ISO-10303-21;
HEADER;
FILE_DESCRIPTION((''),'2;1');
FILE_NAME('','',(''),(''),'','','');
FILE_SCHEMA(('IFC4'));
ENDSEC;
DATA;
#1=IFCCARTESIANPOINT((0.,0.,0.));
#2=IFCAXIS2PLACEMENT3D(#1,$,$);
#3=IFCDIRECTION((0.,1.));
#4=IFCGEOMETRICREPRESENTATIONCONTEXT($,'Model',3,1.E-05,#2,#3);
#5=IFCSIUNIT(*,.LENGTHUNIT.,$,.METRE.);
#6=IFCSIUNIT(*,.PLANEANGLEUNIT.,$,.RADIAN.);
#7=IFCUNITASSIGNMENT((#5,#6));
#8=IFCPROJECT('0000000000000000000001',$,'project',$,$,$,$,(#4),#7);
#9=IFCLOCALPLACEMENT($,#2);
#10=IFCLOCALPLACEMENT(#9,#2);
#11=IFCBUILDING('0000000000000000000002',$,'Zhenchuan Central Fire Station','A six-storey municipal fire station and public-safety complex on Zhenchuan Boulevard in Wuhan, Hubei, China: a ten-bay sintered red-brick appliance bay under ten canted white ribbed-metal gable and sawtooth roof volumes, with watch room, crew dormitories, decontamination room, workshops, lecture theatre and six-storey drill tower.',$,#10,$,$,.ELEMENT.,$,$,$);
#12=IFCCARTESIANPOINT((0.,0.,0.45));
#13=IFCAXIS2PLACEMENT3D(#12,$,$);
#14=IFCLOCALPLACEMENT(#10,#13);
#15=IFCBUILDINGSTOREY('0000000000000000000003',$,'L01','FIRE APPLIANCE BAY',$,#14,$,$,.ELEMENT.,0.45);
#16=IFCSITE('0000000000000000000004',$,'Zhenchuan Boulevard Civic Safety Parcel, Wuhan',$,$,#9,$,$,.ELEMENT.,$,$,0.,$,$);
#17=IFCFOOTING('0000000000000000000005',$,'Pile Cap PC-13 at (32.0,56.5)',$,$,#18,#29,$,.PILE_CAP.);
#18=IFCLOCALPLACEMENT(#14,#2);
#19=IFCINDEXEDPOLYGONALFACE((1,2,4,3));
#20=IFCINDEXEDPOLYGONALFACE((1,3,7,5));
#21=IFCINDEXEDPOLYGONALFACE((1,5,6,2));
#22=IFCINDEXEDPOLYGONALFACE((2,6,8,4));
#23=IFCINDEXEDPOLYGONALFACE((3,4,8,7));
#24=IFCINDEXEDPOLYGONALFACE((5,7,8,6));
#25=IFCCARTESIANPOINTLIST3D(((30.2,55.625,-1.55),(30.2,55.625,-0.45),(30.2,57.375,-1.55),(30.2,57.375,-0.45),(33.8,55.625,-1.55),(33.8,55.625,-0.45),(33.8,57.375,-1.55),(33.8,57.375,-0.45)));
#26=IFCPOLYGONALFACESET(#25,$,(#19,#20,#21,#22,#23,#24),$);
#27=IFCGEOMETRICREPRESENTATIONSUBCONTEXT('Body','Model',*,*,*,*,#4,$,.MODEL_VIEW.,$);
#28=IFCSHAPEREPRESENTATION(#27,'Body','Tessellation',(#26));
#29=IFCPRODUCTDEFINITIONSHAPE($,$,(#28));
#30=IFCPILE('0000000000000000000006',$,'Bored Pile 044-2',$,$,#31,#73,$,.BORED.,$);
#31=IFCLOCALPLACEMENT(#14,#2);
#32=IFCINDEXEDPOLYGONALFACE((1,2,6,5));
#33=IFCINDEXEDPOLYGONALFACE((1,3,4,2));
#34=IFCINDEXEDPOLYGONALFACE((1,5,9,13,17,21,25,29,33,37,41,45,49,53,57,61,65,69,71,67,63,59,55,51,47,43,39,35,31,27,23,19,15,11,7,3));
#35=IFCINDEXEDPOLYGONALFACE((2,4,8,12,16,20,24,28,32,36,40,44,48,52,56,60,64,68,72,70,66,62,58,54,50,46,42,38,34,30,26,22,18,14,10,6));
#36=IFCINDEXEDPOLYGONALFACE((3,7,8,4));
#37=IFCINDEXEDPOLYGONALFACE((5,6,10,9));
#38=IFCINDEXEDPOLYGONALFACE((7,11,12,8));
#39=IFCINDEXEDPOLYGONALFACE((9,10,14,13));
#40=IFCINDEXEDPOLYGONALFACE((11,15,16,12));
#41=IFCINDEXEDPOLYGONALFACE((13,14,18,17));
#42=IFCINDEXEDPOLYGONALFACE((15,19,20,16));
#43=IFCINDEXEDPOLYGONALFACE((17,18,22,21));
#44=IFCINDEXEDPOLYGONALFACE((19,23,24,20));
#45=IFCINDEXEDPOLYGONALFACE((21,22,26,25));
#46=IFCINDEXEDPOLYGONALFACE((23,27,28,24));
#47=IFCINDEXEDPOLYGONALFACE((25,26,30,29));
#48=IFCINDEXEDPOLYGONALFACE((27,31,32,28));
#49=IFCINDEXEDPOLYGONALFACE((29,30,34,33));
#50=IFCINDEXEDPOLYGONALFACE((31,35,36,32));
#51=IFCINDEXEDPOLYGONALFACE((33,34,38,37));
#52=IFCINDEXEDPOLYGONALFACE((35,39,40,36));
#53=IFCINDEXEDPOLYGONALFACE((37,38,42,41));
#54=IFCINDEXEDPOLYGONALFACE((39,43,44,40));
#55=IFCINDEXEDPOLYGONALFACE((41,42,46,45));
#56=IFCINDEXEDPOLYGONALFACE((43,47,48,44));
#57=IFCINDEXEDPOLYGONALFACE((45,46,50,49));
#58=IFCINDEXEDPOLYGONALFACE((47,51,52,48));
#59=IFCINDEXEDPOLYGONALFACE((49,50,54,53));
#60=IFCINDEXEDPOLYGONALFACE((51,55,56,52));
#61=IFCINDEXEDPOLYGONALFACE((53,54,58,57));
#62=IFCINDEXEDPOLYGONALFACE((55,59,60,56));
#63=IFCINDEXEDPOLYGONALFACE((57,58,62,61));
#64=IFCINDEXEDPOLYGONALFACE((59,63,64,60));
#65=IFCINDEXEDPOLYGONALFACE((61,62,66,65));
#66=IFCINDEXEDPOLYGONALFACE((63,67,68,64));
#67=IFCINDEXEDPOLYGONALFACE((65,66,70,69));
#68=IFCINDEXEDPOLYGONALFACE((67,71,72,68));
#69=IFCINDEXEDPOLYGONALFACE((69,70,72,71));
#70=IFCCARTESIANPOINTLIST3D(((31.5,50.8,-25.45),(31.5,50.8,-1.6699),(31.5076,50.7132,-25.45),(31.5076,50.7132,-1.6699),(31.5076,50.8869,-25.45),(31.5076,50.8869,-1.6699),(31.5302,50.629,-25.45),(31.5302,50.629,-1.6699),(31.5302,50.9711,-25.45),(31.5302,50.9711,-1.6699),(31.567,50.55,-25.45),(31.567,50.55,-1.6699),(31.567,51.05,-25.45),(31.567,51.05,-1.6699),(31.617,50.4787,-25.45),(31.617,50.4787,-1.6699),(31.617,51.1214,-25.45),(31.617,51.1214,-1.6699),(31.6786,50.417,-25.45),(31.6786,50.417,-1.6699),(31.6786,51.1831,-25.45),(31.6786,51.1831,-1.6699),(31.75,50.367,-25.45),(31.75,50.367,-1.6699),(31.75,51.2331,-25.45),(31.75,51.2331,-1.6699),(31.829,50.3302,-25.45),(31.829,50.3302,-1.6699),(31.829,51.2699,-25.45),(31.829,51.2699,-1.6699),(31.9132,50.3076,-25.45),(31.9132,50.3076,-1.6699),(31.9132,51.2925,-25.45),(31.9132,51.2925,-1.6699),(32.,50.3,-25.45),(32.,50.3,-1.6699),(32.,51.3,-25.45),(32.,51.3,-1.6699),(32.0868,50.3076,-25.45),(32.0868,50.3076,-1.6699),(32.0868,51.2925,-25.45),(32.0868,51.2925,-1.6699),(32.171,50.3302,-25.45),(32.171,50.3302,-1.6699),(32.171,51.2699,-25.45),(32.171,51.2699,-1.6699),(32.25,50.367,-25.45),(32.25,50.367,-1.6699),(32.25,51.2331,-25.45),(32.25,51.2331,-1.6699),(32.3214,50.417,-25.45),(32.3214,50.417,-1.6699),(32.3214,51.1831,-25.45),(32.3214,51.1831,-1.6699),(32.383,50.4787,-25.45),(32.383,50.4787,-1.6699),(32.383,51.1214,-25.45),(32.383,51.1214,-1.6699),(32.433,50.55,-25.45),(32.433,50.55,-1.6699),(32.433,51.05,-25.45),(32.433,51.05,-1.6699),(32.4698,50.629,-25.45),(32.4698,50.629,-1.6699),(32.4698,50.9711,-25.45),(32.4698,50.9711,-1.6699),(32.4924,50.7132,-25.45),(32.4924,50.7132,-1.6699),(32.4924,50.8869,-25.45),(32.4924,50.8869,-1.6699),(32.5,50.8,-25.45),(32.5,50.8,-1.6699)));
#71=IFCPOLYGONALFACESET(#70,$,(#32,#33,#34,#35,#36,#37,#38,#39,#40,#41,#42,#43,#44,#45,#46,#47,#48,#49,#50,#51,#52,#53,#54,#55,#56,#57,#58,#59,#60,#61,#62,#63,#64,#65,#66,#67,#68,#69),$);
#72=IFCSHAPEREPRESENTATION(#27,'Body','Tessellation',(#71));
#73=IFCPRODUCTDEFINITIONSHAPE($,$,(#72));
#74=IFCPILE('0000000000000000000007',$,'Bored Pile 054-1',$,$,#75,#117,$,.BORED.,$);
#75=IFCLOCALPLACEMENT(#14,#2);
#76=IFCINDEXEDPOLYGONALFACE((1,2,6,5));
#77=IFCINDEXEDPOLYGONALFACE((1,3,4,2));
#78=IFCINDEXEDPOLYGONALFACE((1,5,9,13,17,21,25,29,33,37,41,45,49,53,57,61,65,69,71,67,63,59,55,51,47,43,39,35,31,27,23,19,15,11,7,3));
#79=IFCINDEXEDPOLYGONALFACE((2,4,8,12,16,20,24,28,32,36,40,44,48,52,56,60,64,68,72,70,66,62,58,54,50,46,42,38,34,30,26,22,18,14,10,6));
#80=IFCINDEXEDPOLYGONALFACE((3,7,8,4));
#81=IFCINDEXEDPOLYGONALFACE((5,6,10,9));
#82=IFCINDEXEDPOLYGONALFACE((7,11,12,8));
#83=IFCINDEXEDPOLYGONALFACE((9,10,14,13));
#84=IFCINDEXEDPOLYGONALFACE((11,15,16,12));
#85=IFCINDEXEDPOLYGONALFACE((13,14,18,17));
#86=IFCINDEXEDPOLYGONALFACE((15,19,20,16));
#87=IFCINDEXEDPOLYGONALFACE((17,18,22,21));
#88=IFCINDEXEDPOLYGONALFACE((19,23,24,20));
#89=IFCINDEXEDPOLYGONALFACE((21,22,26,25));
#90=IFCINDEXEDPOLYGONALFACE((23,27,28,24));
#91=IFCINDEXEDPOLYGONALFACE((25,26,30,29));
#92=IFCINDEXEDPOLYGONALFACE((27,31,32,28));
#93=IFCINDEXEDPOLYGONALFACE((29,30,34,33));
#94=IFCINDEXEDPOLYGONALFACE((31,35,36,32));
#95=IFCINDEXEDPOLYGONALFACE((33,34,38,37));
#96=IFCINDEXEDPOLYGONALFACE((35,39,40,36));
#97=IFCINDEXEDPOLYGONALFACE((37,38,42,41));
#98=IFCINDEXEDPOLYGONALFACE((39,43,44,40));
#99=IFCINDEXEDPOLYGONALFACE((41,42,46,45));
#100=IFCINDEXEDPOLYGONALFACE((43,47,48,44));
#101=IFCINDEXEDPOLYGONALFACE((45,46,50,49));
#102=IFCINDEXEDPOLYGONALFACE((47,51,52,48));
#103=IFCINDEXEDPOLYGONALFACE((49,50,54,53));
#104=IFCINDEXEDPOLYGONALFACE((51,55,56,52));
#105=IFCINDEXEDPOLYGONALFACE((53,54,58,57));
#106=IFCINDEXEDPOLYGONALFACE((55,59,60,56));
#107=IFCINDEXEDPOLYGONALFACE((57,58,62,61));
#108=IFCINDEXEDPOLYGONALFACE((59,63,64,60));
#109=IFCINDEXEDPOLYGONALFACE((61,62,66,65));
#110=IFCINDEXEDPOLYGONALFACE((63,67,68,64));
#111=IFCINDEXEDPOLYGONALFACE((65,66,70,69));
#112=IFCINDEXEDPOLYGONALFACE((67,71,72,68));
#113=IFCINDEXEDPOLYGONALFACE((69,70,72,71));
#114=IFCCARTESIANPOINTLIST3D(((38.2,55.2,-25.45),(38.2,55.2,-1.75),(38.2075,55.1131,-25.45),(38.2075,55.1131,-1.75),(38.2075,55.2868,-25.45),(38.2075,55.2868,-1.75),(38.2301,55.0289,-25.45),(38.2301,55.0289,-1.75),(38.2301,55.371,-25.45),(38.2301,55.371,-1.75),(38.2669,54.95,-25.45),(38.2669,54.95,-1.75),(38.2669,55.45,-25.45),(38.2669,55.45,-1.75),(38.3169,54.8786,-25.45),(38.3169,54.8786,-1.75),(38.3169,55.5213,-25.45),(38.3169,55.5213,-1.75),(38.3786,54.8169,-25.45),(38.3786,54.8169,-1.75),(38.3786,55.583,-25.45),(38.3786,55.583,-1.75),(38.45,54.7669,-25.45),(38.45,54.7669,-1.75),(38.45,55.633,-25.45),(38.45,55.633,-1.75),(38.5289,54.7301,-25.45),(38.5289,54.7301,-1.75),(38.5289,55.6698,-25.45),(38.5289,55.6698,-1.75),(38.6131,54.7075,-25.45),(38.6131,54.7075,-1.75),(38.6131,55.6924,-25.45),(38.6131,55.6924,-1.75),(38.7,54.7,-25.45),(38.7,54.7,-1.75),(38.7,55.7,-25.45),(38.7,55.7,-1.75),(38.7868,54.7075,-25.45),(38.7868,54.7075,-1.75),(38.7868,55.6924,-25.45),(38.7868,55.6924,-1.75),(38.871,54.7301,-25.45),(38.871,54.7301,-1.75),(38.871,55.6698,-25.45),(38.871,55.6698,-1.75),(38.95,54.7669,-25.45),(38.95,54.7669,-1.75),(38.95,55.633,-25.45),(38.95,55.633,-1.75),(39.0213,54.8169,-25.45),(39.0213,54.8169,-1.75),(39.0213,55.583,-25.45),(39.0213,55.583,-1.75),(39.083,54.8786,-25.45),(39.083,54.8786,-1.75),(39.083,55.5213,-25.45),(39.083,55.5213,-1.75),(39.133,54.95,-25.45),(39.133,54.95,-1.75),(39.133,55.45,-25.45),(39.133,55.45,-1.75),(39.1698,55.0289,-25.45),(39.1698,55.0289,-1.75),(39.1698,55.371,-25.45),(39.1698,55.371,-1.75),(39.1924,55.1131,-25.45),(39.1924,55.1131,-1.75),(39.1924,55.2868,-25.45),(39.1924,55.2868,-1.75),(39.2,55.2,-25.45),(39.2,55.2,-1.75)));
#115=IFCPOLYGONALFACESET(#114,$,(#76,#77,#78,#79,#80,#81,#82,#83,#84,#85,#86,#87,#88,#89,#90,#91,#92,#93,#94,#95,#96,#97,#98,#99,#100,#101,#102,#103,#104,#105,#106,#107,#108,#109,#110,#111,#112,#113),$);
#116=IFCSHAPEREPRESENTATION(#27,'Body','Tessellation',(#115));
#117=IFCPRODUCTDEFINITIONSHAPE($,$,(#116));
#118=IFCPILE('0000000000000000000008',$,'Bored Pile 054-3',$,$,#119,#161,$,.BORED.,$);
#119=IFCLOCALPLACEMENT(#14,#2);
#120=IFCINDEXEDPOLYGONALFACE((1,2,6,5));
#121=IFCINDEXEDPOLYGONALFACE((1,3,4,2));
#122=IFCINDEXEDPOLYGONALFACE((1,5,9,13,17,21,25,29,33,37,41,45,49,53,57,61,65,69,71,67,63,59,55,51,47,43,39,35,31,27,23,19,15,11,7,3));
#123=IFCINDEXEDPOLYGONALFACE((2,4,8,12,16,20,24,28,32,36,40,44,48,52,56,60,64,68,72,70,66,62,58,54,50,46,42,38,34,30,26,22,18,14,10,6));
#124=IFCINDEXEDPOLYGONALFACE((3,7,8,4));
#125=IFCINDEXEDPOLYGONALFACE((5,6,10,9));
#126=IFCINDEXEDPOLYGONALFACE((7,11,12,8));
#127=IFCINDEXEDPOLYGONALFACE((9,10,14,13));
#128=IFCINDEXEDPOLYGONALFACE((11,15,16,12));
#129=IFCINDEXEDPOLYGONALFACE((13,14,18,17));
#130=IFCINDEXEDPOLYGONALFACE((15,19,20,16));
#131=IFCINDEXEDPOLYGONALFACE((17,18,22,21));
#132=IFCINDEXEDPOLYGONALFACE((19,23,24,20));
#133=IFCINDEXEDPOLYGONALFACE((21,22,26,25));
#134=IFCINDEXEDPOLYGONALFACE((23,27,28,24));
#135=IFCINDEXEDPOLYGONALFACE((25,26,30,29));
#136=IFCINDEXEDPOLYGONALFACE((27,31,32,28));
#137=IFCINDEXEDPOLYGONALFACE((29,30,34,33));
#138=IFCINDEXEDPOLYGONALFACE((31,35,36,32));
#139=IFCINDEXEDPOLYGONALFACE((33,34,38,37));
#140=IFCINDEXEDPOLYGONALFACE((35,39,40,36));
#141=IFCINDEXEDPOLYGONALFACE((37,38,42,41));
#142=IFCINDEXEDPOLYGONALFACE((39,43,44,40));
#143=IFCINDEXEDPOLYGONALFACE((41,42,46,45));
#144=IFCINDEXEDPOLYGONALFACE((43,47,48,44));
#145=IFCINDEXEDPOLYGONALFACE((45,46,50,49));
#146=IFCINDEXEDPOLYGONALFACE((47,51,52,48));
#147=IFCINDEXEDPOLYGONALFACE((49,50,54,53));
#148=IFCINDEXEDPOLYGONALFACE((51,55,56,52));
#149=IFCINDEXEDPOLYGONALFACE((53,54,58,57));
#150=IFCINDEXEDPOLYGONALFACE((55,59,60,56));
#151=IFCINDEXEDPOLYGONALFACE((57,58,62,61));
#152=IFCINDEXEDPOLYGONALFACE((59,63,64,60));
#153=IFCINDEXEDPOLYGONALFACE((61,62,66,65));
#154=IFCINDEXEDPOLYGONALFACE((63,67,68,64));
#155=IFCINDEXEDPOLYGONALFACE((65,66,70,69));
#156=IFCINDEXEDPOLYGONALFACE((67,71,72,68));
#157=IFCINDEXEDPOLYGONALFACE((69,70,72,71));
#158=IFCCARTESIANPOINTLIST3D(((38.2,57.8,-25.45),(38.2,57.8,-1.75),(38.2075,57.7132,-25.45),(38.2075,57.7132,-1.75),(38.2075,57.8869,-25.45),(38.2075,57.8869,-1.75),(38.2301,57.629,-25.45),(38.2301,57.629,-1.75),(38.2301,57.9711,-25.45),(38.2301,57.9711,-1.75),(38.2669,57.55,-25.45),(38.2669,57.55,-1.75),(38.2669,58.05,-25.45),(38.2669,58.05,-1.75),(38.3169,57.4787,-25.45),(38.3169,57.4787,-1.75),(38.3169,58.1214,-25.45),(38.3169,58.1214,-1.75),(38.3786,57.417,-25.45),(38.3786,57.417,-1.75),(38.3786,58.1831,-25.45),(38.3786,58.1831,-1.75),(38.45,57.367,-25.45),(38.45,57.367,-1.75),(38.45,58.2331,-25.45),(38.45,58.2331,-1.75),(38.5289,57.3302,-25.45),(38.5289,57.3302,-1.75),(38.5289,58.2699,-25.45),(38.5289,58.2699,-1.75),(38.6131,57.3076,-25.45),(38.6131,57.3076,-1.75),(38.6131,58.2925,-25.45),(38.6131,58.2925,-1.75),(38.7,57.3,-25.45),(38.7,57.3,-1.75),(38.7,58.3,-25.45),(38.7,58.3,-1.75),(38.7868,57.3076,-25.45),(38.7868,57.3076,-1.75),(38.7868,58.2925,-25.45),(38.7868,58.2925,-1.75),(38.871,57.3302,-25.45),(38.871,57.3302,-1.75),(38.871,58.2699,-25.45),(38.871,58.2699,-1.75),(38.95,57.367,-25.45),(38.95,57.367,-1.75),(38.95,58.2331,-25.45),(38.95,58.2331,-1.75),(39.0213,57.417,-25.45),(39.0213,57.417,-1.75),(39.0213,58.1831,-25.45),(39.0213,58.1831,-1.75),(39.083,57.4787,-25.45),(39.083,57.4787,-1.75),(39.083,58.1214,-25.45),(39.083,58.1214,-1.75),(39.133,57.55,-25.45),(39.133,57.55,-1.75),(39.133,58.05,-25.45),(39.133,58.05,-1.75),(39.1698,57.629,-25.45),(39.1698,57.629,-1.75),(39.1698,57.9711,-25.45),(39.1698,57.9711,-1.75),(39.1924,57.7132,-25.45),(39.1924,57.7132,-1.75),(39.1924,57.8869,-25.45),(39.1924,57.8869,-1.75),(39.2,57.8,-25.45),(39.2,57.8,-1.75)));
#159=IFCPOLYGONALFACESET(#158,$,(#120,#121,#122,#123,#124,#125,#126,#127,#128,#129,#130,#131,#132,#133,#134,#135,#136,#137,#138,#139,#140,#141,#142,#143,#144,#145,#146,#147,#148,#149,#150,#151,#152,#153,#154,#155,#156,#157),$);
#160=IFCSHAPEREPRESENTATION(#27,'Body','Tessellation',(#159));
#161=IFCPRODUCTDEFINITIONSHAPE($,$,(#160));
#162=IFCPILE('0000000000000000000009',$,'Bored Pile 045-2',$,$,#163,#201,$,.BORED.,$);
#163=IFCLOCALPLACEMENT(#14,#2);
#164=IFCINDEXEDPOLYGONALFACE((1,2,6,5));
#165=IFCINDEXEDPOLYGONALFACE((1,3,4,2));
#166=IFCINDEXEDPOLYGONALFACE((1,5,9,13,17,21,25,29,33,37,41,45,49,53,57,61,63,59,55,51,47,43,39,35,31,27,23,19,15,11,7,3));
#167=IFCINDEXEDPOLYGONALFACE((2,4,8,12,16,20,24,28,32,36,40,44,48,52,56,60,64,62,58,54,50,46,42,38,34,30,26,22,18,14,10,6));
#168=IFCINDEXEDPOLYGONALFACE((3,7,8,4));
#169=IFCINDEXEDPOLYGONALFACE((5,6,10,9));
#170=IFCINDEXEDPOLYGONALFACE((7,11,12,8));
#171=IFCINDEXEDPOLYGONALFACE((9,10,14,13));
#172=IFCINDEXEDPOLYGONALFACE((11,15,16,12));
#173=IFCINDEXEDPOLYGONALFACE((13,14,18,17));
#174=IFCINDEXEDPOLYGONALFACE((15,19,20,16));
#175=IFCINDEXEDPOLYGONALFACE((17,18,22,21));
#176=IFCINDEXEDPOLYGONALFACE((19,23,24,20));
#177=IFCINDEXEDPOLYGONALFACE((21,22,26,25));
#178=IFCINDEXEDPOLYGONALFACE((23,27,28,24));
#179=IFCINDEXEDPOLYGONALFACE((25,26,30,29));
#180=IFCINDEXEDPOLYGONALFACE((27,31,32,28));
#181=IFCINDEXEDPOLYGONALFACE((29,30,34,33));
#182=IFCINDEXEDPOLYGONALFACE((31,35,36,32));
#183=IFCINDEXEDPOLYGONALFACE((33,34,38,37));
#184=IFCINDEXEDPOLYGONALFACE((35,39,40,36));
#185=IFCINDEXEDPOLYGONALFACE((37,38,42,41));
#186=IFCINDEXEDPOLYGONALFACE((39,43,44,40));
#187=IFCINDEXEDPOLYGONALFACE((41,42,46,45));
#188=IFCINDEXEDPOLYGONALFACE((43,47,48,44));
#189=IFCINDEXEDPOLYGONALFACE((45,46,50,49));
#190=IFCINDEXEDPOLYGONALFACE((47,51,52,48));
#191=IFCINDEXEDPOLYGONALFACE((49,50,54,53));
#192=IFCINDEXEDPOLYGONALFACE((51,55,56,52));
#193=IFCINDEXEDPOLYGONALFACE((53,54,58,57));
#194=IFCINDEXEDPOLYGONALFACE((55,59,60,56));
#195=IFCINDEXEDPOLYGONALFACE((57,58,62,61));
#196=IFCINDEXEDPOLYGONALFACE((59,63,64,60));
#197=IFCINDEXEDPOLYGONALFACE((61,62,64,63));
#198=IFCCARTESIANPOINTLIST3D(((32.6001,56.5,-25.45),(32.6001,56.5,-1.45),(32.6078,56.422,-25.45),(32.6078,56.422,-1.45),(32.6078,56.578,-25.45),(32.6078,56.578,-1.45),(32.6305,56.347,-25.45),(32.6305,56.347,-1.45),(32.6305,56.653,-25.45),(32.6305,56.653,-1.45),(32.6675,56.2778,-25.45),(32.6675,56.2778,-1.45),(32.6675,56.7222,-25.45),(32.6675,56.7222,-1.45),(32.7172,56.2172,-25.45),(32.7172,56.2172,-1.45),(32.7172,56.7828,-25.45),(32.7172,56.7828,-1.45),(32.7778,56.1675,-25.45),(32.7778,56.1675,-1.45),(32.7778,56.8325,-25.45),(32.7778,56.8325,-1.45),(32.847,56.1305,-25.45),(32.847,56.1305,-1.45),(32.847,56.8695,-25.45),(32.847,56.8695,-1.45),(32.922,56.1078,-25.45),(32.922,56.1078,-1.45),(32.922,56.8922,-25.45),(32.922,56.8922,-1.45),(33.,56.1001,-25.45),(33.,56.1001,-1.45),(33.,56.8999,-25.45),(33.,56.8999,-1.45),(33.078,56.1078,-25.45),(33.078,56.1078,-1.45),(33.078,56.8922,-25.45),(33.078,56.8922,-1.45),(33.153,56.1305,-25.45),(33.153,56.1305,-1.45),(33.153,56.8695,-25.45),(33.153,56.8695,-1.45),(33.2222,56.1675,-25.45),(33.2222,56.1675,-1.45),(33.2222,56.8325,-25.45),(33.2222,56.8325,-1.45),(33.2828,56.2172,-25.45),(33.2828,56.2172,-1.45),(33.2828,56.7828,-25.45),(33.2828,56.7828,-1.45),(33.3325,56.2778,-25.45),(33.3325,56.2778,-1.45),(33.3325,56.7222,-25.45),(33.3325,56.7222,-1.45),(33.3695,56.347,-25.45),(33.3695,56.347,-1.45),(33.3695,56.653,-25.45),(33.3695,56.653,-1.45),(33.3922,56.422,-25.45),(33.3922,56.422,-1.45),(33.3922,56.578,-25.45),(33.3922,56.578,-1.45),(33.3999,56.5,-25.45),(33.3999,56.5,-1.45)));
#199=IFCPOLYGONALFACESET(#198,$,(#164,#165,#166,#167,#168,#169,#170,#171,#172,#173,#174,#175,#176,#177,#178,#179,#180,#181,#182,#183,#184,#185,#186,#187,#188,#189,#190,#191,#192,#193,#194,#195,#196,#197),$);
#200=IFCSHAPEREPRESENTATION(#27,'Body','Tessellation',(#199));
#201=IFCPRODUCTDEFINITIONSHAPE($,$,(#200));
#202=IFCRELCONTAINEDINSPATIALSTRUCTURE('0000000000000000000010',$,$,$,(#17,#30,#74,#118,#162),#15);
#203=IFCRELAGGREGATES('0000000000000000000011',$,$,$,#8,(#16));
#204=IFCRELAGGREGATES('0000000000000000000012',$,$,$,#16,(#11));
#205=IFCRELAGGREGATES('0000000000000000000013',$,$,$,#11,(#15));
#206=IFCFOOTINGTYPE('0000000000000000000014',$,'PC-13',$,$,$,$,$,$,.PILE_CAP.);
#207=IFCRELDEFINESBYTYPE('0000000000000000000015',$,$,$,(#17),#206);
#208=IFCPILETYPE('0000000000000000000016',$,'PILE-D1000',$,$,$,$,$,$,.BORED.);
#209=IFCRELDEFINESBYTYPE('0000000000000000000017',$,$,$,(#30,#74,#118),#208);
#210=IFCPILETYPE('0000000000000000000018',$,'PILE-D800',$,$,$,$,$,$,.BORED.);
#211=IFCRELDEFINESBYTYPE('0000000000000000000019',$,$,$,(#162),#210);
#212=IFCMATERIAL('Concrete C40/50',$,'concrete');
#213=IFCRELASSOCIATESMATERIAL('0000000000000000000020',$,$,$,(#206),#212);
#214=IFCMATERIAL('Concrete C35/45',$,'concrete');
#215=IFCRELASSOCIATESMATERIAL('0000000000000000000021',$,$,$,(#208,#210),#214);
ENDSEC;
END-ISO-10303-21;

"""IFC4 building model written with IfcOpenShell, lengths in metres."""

from ifc_helpers import new_model, si_unit, direction, frame, origin, origin_2d, place, context, subcontext, project, spatial, rectangle, circle, extrude, material, material_profile, profile_set, type_object, element, save


model = new_model("IFC4")

# Units and contexts
model_context = context("Model", 3, precision=1e-05, world=origin(), true_north=direction((0.0, 1.0)))
body_context = subcontext(model_context, "Body", "Model", "MODEL_VIEW")
ifc_project = project(units=[si_unit("LENGTHUNIT", "METRE"), si_unit("PLANEANGLEUNIT", "RADIAN")], contexts=[model_context])

# Site, building, storey
site_placement = place(None, origin())
site = spatial("IfcSite", under=ifc_project, at=site_placement, Name="Zhenchuan Boulevard Civic Safety Parcel, Wuhan", CompositionType="ELEMENT", RefElevation=0.0)
building_placement = place(site_placement, origin())
building = spatial("IfcBuilding", under=site, at=building_placement, Name="Zhenchuan Central Fire Station", Description="A six-storey municipal fire station and public-safety complex on Zhenchuan Boulevard in Wuhan, Hubei, China: a ten-bay sintered red-brick appliance bay under ten canted white ribbed-metal gable and sawtooth roof volumes, with watch room, crew dormitories, decontamination room, workshops, lecture theatre and six-storey drill tower.", CompositionType="ELEMENT")
storey_placement = place(building_placement, frame((0.0, 0.0, 0.45)))
storey = spatial("IfcBuildingStorey", under=building, at=storey_placement, Name="L01", Description="FIRE APPLIANCE BAY", CompositionType="ELEMENT", Elevation=0.45)

# Footing
ifc_material_1 = material(Name="Concrete C40/50", Category="concrete")
footing_type = type_object("IfcFootingType", Name="PC-13", PredefinedType="PILE_CAP", material=ifc_material_1)
footing_placement = place(storey_placement, frame((32.0, 56.5, -1.55), z_axis=(0.0, 0.0, 1.0), x_axis=(1.0, 0.0, 0.0)))
element("IfcFooting", 1, at=footing_placement, inside=storey, type_object=footing_type, Name="Pile Cap PC-13 at (32.0,56.5)", PredefinedType="PILE_CAP", context=body_context, shape_type="SweptSolid", body=[
    extrude(rectangle(XDim=3.6001, YDim=1.75, at=origin_2d()), origin(), (0.0, 0.0, 1.0), 1.1001),
])

# Piles
ifc_material_2 = material(Name="Concrete C35/45", Category="concrete")
ifc_material_profile_1 = material_profile(ifc_material_2, circle(Radius=0.5, at=origin_2d()), Name="PILE D1000")
ifc_profile_set_1 = profile_set([ifc_material_profile_1], Name="Concrete C35/45")
pile_type_1 = type_object("IfcPileType", Name="PILE-D1000", PredefinedType="BORED", material=ifc_profile_set_1)
pile_1_placement = place(storey_placement, frame((32.0, 50.8, -1.6699), z_axis=(0.0, 0.0, -1.0), x_axis=(1.0, 0.0, 0.0)))
element("IfcPile", 2, at=pile_1_placement, inside=storey, type_object=pile_type_1, Name="Bored Pile 044-2", PredefinedType="BORED", context=body_context, shape_type="SweptSolid", body=[
    extrude(circle(Radius=0.5, at=origin_2d()), origin(), (0.0, 0.0, 1.0), 23.78),
])
for number, where, z_axis, x_axis, name in (
    (3, (38.7, 55.2, -1.75), (0.0, 0.0, -1.0), (1.0, 0.0, 0.0), "Bored Pile 054-1"),
    (4, (38.7, 57.8, -1.75), (0.0, 0.0, -1.0), (1.0, 0.0, 0.0), "Bored Pile 054-3"),
):
    element("IfcPile", number, at=place(storey_placement, frame(where, z_axis=z_axis, x_axis=x_axis)), inside=storey, type_object=pile_type_1, Name=name, PredefinedType="BORED", context=body_context, shape_type="SweptSolid", body=[
        extrude(circle(Radius=0.5, at=origin_2d()), origin(), (0.0, 0.0, 1.0), 23.7),
    ])
ifc_material_profile_2 = material_profile(ifc_material_2, circle(Radius=0.3999, at=origin_2d()), Name="PILE D800")
ifc_profile_set_2 = profile_set([ifc_material_profile_2], Name="Concrete C35/45")
pile_type_2 = type_object("IfcPileType", Name="PILE-D800", PredefinedType="BORED", material=ifc_profile_set_2)
pile_2_placement = place(storey_placement, frame((33.0, 56.5, -1.45), z_axis=(0.0, 0.0, -1.0), x_axis=(1.0, 0.0, 0.0)))
element("IfcPile", 5, at=pile_2_placement, inside=storey, type_object=pile_type_2, Name="Bored Pile 045-2", PredefinedType="BORED", context=body_context, shape_type="SweptSolid", body=[
    extrude(circle(Radius=0.3999, at=origin_2d()), origin(), (0.0, 0.0, 1.0), 24.0),
])

save(model, "model.ifc")
